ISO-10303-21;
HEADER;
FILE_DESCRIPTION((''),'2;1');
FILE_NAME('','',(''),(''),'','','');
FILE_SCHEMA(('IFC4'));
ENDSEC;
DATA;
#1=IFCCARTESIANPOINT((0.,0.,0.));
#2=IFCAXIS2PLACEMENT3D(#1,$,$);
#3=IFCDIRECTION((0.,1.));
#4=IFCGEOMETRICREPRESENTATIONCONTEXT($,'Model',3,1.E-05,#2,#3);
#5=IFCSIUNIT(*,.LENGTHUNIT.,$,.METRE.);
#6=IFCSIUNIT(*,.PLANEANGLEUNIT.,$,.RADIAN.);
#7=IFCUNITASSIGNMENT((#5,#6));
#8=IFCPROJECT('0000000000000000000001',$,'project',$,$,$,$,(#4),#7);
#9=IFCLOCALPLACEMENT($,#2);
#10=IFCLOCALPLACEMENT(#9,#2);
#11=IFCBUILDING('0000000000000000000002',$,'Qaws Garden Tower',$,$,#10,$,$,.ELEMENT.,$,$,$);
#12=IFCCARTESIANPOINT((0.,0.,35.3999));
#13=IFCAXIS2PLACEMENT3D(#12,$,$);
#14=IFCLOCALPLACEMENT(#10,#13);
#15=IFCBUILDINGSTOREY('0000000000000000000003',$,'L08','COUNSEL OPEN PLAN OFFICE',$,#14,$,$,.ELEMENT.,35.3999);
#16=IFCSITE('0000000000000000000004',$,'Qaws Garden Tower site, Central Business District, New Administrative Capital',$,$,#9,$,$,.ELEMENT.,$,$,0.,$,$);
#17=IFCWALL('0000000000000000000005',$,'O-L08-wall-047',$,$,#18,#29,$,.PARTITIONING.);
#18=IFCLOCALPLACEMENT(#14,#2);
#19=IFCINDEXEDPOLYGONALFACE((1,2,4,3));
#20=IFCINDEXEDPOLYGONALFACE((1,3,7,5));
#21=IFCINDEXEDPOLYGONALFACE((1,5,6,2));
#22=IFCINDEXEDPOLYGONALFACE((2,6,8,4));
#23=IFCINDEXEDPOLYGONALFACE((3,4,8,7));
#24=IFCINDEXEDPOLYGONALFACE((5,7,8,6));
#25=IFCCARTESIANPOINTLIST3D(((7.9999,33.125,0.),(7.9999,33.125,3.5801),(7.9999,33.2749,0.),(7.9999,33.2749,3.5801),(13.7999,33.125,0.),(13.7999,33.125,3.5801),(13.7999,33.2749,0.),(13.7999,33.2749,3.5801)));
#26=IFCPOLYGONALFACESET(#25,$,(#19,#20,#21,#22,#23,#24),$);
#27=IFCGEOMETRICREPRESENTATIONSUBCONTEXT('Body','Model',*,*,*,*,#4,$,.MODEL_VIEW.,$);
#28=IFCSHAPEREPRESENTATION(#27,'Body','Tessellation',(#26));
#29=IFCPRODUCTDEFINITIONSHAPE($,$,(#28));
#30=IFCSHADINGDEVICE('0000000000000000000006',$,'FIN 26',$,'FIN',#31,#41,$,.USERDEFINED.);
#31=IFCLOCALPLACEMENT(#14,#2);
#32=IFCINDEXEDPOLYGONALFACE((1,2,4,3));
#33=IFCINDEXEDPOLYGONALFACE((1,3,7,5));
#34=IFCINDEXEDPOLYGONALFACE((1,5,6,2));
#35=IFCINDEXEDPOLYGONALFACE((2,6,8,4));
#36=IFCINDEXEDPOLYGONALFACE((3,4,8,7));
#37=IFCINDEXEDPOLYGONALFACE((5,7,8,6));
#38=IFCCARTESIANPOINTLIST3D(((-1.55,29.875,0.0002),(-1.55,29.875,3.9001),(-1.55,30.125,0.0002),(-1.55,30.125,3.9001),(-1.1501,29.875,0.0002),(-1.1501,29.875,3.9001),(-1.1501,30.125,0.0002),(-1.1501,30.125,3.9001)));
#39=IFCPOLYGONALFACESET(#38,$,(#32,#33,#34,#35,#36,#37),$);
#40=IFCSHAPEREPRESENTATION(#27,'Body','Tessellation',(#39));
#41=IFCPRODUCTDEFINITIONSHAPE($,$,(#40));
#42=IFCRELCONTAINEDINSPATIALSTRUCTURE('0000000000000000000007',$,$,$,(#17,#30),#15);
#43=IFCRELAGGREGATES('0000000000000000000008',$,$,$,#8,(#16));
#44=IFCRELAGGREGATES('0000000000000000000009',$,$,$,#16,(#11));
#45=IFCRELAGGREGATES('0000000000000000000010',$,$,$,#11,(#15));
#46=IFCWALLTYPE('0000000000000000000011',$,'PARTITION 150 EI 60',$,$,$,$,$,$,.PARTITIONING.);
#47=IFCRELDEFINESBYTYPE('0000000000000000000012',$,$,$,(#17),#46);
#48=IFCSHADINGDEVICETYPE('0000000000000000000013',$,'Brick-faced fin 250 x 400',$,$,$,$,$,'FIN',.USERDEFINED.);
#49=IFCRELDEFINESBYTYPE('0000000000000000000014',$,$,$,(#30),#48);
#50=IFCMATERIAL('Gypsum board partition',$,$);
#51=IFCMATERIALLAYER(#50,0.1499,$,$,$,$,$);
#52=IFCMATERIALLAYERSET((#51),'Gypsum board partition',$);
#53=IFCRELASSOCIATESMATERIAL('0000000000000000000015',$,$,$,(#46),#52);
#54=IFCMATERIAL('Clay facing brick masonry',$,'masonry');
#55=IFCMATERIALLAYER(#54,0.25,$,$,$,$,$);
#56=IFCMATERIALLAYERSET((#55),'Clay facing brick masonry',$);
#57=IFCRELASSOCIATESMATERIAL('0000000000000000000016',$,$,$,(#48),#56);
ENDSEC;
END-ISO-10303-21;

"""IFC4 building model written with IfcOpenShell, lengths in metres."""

from ifc_helpers import new_model, si_unit, direction, frame, frame_2d, origin, origin_2d, place, context, subcontext, project, spatial, rectangle, extrude, material, layer, layer_set, type_object, element, save


model = new_model("IFC4")

# Units and contexts
model_context = context("Model", 3, precision=1e-05, world=origin(), true_north=direction((0.0, 1.0)))
body_context = subcontext(model_context, "Body", "Model", "MODEL_VIEW")
ifc_project = project(units=[si_unit("LENGTHUNIT", "METRE"), si_unit("PLANEANGLEUNIT", "RADIAN")], contexts=[model_context])

# Site, building, storey
site_placement = place(None, origin())
site = spatial("IfcSite", under=ifc_project, at=site_placement, Name="Qaws Garden Tower site, Central Business District, New Administrative Capital", CompositionType="ELEMENT", RefElevation=0.0)
building_placement = place(site_placement, origin())
building = spatial("IfcBuilding", under=site, at=building_placement, Name="Qaws Garden Tower", CompositionType="ELEMENT")
storey_placement = place(building_placement, frame((0.0, 0.0, 35.3999)))
storey = spatial("IfcBuildingStorey", under=building, at=storey_placement, Name="L08", Description="COUNSEL OPEN PLAN OFFICE", CompositionType="ELEMENT", Elevation=35.3999)

# Shared definitions
ifc_material_1 = material(Name="Gypsum board partition")
ifc_layer_1 = layer(ifc_material_1, 0.1499)
ifc_layer_set_1 = layer_set([ifc_layer_1], Name="Gypsum board partition")
wall_type_1 = type_object("IfcWallType", Name="PARTITION 150 EI 60", PredefinedType="PARTITIONING", material=ifc_layer_set_1)

# Wall
wall_1_placement = place(storey_placement, frame((8.0, 33.2, 0.0), z_axis=(0.0, 0.0, 1.0), x_axis=(1.0, 0.0, 0.0)))
element("IfcWall", 1, at=wall_1_placement, inside=storey, type_object=wall_type_1, Name="O-L08-wall-047", PredefinedType="PARTITIONING", context=body_context, shape_type="SweptSolid", body=[
    extrude(rectangle(XDim=5.8, YDim=0.1499, at=frame_2d((2.8999, 0.0))), origin(), (0.0, 0.0, 1.0), 3.5801),
])

# Shading device
ifc_material_2 = material(Name="Clay facing brick masonry", Category="masonry")
ifc_layer_2 = layer(ifc_material_2, 0.25)
ifc_layer_set_2 = layer_set([ifc_layer_2], Name="Clay facing brick masonry")
shading_device_type = type_object("IfcShadingDeviceType", Name="Brick-faced fin 250 x 400", ElementType="FIN", PredefinedType="USERDEFINED", material=ifc_layer_set_2)
shading_device_placement = place(storey_placement, frame((-1.3501, 30.0, 0.0002), z_axis=(0.0, 0.0, 1.0), x_axis=(0.0, -1.0, 0.0)))
element("IfcShadingDevice", 2, at=shading_device_placement, inside=storey, type_object=shading_device_type, Name="FIN 26", ObjectType="FIN", PredefinedType="USERDEFINED", context=body_context, shape_type="SweptSolid", body=[
    extrude(rectangle(XDim=0.25, YDim=0.3999, at=origin_2d()), origin(), (0.0, 0.0, 1.0), 3.8999),
])

save(model, "model.ifc")
